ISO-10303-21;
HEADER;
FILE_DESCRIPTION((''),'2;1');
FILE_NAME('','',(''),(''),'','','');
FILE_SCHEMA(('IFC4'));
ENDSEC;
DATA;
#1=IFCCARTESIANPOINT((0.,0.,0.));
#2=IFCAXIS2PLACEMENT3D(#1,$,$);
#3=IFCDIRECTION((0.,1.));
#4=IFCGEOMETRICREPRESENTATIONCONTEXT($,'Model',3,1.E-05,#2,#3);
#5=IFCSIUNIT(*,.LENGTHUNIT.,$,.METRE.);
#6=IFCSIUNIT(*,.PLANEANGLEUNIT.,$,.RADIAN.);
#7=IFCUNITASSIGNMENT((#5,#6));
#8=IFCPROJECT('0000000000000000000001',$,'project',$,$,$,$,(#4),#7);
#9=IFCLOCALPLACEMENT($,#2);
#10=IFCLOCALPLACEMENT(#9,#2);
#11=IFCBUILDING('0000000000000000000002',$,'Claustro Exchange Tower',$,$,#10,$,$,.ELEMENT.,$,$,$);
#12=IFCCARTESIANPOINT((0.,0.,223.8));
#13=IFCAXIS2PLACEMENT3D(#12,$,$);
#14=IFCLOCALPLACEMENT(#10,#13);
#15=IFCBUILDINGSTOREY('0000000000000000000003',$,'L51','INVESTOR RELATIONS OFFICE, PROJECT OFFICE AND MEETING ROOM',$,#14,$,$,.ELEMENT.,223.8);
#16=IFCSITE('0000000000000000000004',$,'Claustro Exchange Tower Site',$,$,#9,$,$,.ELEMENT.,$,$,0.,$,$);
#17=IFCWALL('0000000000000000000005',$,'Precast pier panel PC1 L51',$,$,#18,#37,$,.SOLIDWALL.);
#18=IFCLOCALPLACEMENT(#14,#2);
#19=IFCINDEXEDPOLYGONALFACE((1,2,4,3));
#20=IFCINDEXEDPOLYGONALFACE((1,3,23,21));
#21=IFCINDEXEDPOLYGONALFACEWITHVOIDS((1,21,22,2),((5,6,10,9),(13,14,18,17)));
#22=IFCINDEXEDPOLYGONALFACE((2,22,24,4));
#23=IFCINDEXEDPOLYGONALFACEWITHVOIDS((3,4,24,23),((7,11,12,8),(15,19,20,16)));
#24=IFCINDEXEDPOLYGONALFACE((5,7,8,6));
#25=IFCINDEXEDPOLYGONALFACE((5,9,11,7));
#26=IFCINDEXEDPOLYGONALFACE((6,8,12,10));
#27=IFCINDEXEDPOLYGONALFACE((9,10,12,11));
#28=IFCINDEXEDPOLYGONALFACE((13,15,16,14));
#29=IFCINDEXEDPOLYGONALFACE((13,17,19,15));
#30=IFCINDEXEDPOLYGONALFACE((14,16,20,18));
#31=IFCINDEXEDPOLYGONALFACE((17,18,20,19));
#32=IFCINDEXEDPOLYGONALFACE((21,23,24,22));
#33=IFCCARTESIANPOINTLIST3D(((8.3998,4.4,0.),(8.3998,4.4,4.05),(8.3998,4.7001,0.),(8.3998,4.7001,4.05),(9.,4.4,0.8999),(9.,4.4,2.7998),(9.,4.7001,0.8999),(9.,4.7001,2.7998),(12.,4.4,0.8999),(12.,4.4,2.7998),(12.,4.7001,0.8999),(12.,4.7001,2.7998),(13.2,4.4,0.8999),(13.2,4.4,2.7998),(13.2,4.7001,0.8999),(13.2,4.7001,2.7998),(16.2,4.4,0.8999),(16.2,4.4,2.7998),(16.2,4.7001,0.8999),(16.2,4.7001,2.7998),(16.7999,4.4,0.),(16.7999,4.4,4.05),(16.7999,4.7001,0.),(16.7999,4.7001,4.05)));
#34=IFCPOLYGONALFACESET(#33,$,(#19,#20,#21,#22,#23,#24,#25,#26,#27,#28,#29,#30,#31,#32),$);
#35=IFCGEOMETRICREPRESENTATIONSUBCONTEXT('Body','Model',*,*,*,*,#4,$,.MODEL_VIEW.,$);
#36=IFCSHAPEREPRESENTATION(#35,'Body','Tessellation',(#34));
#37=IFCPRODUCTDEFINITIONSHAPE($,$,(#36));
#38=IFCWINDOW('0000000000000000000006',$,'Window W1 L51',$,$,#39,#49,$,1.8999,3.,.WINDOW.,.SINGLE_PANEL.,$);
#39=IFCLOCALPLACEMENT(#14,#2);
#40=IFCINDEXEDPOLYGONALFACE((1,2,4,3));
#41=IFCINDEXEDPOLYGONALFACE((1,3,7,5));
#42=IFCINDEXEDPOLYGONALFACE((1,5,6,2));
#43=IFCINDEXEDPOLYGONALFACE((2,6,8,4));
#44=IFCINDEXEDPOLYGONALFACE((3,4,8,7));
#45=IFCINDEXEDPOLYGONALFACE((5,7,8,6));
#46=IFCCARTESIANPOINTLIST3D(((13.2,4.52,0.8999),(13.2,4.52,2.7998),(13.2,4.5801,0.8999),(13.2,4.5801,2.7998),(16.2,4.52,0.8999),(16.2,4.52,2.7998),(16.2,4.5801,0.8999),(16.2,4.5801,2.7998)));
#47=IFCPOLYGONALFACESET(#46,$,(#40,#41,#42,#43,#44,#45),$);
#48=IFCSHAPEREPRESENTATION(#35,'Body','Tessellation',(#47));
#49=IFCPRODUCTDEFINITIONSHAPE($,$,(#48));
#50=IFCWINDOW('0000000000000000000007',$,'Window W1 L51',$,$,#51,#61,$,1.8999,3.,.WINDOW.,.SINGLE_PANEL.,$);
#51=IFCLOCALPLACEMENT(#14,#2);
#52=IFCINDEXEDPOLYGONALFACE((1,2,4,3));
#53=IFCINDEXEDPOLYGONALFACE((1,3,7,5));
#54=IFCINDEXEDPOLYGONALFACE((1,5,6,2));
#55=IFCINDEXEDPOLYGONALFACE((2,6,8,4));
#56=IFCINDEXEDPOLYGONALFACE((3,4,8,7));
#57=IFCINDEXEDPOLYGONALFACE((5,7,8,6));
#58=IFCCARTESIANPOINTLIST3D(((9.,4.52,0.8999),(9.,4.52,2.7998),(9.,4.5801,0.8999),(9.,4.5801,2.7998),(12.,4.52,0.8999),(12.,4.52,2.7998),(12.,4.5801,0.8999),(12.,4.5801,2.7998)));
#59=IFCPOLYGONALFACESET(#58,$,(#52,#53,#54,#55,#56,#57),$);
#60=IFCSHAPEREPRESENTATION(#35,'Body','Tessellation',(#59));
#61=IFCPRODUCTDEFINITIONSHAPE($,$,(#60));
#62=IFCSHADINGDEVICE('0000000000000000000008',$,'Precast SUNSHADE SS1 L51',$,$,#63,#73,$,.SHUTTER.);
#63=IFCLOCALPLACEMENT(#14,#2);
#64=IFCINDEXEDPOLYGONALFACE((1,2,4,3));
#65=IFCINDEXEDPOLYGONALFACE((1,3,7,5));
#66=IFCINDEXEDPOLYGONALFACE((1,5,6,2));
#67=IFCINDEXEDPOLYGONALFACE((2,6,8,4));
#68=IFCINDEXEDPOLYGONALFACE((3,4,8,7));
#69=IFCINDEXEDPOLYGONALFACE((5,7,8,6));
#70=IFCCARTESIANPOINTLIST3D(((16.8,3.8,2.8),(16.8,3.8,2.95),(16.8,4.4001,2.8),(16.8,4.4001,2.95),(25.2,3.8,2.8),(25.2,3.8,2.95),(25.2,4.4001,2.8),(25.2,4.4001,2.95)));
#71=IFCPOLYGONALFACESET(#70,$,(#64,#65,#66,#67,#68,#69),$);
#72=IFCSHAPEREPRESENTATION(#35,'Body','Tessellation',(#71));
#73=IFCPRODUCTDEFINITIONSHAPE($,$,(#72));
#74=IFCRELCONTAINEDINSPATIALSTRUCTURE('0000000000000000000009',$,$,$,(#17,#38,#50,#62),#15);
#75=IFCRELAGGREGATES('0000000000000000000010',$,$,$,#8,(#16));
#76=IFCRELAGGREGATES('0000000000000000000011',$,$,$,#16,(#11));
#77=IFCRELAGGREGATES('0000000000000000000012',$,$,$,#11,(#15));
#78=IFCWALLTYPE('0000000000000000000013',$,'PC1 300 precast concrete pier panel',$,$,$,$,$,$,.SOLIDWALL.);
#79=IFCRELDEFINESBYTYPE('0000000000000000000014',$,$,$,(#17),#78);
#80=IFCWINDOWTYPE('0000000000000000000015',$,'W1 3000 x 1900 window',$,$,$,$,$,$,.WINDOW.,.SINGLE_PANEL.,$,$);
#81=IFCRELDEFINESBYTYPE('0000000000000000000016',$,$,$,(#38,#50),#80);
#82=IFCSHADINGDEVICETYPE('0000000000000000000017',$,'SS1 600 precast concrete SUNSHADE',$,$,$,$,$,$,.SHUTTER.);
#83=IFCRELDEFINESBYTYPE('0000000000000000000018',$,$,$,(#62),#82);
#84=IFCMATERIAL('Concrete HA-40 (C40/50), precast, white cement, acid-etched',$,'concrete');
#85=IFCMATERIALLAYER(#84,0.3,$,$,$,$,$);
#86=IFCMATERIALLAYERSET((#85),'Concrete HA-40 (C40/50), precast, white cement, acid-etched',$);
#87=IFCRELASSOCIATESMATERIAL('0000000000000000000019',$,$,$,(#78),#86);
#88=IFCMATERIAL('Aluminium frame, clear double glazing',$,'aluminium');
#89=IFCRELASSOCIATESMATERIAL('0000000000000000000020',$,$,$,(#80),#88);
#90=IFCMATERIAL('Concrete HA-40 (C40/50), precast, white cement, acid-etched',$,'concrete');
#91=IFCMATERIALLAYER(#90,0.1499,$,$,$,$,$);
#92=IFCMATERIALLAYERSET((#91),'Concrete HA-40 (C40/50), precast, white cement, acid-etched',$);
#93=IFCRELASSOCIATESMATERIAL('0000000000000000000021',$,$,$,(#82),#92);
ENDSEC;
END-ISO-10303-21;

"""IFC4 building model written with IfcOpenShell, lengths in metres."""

from ifc_helpers import new_model, si_unit, direction, frame, frame_2d, origin, origin_2d, place, context, subcontext, project, spatial, rectangle, extrude, material, layer, layer_set, type_object, element, fill, save


model = new_model("IFC4")

# Units and contexts
model_context = context("Model", 3, precision=1e-05, world=origin(), true_north=direction((0.0, 1.0)))
body_context = subcontext(model_context, "Body", "Model", "MODEL_VIEW")
ifc_project = project(units=[si_unit("LENGTHUNIT", "METRE"), si_unit("PLANEANGLEUNIT", "RADIAN")], contexts=[model_context])

# Site, building, storey
site_placement = place(None, origin())
site = spatial("IfcSite", under=ifc_project, at=site_placement, Name="Claustro Exchange Tower Site", CompositionType="ELEMENT", RefElevation=0.0)
building_placement = place(site_placement, origin())
building = spatial("IfcBuilding", under=site, at=building_placement, Name="Claustro Exchange Tower", CompositionType="ELEMENT")
storey_placement = place(building_placement, frame((0.0, 0.0, 223.8)))
storey = spatial("IfcBuildingStorey", under=building, at=storey_placement, Name="L51", Description="INVESTOR RELATIONS OFFICE, PROJECT OFFICE AND MEETING ROOM", CompositionType="ELEMENT", Elevation=223.8)

# Wall, openings, windows
ifc_material_1 = material(Name="Concrete HA-40 (C40/50), precast, white cement, acid-etched", Category="concrete")
ifc_layer_1 = layer(ifc_material_1, 0.3)
ifc_layer_set_1 = layer_set([ifc_layer_1], Name="Concrete HA-40 (C40/50), precast, white cement, acid-etched")
wall_type_1 = type_object("IfcWallType", Name="PC1 300 precast concrete pier panel", PredefinedType="SOLIDWALL", material=ifc_layer_set_1)
ifc_material_2 = material(Name="Aluminium frame, clear double glazing", Category="aluminium")
window_type = type_object("IfcWindowType", Name="W1 3000 x 1900 window", PartitioningType="SINGLE_PANEL", PredefinedType="WINDOW", material=ifc_material_2)
wall_1_placement = place(storey_placement, frame((16.8, 4.55, 0.0), z_axis=(0.0, 0.0, 1.0), x_axis=(-1.0, 0.0, 0.0)))
wall_1 = element("IfcWall", 1, at=wall_1_placement, inside=storey, type_object=wall_type_1, Name="Precast pier panel PC1 L51", PredefinedType="SOLIDWALL", context=body_context, shape_type="SweptSolid", body=[
    extrude(rectangle(XDim=8.4001, YDim=0.3, at=frame_2d((4.2002, 0.0))), origin(), (0.0, 0.0, 1.0), 4.05),
])
opening_1_placement = place(wall_1_placement, frame((0.6001, 0.0, 0.8999)))
opening_1 = element("IfcOpeningElement", 2, at=opening_1_placement, cuts=wall_1, PredefinedType="OPENING", context=body_context, shape_type="SweptSolid", body=[
    extrude(rectangle(XDim=3.0, YDim=1.8999, at=frame_2d((1.5, 0.95))), frame((0.0, 0.1599, 0.0), z_axis=(0.0, -1.0, 0.0), x_axis=(1.0, 0.0, 0.0)), (0.0, 0.0, 1.0), 0.3201),
])
opening_2_placement = place(wall_1_placement, frame((4.8, 0.0, 0.8999)))
opening_2 = element("IfcOpeningElement", 3, at=opening_2_placement, cuts=wall_1, PredefinedType="OPENING", context=body_context, shape_type="SweptSolid", body=[
    extrude(rectangle(XDim=3.0, YDim=1.8999, at=frame_2d((1.5, 0.95))), frame((0.0, 0.1599, 0.0), z_axis=(0.0, -1.0, 0.0), x_axis=(1.0, 0.0, 0.0)), (0.0, 0.0, 1.0), 0.3201),
])
window_1_placement = place(opening_1_placement, origin())
window_1 = element("IfcWindow", 4, at=window_1_placement, inside=storey, type_object=window_type, Name="Window W1 L51", OverallHeight=1.8999, OverallWidth=3.0, PartitioningType="SINGLE_PANEL", PredefinedType="WINDOW", context=body_context, shape_type="SweptSolid", body=[
    extrude(rectangle(XDim=3.0, YDim=1.8999, at=frame_2d((1.5, 0.95))), frame((0.0, 0.03, 0.0), z_axis=(0.0, -1.0, 0.0), x_axis=(1.0, 0.0, 0.0)), (0.0, 0.0, 1.0), 0.0601),
])
fill(opening_1, window_1)
window_2_placement = place(opening_2_placement, origin())
window_2 = element("IfcWindow", 5, at=window_2_placement, inside=storey, type_object=window_type, Name="Window W1 L51", OverallHeight=1.8999, OverallWidth=3.0, PartitioningType="SINGLE_PANEL", PredefinedType="WINDOW", context=body_context, shape_type="SweptSolid", body=[
    extrude(rectangle(XDim=3.0, YDim=1.8999, at=frame_2d((1.5, 0.95))), frame((0.0, 0.03, 0.0), z_axis=(0.0, -1.0, 0.0), x_axis=(1.0, 0.0, 0.0)), (0.0, 0.0, 1.0), 0.0601),
])
fill(opening_2, window_2)

# Shading device
ifc_material_3 = material(Name="Concrete HA-40 (C40/50), precast, white cement, acid-etched", Category="concrete")
ifc_layer_2 = layer(ifc_material_3, 0.1499)
ifc_layer_set_2 = layer_set([ifc_layer_2], Name="Concrete HA-40 (C40/50), precast, white cement, acid-etched")
shading_device_type = type_object("IfcShadingDeviceType", Name="SS1 600 precast concrete SUNSHADE", PredefinedType="SHUTTER", material=ifc_layer_set_2)
shading_device_placement = place(storey_placement, frame((21.0, 4.1001, 2.8), z_axis=(0.0, 0.0, 1.0), x_axis=(-1.0, 0.0, 0.0)))
element("IfcShadingDevice", 6, at=shading_device_placement, inside=storey, type_object=shading_device_type, Name="Precast SUNSHADE SS1 L51", PredefinedType="SHUTTER", context=body_context, shape_type="SweptSolid", body=[
    extrude(rectangle(XDim=8.3999, YDim=0.6001, at=origin_2d()), origin(), (0.0, 0.0, 1.0), 0.1499),
])

save(model, "model.ifc")
